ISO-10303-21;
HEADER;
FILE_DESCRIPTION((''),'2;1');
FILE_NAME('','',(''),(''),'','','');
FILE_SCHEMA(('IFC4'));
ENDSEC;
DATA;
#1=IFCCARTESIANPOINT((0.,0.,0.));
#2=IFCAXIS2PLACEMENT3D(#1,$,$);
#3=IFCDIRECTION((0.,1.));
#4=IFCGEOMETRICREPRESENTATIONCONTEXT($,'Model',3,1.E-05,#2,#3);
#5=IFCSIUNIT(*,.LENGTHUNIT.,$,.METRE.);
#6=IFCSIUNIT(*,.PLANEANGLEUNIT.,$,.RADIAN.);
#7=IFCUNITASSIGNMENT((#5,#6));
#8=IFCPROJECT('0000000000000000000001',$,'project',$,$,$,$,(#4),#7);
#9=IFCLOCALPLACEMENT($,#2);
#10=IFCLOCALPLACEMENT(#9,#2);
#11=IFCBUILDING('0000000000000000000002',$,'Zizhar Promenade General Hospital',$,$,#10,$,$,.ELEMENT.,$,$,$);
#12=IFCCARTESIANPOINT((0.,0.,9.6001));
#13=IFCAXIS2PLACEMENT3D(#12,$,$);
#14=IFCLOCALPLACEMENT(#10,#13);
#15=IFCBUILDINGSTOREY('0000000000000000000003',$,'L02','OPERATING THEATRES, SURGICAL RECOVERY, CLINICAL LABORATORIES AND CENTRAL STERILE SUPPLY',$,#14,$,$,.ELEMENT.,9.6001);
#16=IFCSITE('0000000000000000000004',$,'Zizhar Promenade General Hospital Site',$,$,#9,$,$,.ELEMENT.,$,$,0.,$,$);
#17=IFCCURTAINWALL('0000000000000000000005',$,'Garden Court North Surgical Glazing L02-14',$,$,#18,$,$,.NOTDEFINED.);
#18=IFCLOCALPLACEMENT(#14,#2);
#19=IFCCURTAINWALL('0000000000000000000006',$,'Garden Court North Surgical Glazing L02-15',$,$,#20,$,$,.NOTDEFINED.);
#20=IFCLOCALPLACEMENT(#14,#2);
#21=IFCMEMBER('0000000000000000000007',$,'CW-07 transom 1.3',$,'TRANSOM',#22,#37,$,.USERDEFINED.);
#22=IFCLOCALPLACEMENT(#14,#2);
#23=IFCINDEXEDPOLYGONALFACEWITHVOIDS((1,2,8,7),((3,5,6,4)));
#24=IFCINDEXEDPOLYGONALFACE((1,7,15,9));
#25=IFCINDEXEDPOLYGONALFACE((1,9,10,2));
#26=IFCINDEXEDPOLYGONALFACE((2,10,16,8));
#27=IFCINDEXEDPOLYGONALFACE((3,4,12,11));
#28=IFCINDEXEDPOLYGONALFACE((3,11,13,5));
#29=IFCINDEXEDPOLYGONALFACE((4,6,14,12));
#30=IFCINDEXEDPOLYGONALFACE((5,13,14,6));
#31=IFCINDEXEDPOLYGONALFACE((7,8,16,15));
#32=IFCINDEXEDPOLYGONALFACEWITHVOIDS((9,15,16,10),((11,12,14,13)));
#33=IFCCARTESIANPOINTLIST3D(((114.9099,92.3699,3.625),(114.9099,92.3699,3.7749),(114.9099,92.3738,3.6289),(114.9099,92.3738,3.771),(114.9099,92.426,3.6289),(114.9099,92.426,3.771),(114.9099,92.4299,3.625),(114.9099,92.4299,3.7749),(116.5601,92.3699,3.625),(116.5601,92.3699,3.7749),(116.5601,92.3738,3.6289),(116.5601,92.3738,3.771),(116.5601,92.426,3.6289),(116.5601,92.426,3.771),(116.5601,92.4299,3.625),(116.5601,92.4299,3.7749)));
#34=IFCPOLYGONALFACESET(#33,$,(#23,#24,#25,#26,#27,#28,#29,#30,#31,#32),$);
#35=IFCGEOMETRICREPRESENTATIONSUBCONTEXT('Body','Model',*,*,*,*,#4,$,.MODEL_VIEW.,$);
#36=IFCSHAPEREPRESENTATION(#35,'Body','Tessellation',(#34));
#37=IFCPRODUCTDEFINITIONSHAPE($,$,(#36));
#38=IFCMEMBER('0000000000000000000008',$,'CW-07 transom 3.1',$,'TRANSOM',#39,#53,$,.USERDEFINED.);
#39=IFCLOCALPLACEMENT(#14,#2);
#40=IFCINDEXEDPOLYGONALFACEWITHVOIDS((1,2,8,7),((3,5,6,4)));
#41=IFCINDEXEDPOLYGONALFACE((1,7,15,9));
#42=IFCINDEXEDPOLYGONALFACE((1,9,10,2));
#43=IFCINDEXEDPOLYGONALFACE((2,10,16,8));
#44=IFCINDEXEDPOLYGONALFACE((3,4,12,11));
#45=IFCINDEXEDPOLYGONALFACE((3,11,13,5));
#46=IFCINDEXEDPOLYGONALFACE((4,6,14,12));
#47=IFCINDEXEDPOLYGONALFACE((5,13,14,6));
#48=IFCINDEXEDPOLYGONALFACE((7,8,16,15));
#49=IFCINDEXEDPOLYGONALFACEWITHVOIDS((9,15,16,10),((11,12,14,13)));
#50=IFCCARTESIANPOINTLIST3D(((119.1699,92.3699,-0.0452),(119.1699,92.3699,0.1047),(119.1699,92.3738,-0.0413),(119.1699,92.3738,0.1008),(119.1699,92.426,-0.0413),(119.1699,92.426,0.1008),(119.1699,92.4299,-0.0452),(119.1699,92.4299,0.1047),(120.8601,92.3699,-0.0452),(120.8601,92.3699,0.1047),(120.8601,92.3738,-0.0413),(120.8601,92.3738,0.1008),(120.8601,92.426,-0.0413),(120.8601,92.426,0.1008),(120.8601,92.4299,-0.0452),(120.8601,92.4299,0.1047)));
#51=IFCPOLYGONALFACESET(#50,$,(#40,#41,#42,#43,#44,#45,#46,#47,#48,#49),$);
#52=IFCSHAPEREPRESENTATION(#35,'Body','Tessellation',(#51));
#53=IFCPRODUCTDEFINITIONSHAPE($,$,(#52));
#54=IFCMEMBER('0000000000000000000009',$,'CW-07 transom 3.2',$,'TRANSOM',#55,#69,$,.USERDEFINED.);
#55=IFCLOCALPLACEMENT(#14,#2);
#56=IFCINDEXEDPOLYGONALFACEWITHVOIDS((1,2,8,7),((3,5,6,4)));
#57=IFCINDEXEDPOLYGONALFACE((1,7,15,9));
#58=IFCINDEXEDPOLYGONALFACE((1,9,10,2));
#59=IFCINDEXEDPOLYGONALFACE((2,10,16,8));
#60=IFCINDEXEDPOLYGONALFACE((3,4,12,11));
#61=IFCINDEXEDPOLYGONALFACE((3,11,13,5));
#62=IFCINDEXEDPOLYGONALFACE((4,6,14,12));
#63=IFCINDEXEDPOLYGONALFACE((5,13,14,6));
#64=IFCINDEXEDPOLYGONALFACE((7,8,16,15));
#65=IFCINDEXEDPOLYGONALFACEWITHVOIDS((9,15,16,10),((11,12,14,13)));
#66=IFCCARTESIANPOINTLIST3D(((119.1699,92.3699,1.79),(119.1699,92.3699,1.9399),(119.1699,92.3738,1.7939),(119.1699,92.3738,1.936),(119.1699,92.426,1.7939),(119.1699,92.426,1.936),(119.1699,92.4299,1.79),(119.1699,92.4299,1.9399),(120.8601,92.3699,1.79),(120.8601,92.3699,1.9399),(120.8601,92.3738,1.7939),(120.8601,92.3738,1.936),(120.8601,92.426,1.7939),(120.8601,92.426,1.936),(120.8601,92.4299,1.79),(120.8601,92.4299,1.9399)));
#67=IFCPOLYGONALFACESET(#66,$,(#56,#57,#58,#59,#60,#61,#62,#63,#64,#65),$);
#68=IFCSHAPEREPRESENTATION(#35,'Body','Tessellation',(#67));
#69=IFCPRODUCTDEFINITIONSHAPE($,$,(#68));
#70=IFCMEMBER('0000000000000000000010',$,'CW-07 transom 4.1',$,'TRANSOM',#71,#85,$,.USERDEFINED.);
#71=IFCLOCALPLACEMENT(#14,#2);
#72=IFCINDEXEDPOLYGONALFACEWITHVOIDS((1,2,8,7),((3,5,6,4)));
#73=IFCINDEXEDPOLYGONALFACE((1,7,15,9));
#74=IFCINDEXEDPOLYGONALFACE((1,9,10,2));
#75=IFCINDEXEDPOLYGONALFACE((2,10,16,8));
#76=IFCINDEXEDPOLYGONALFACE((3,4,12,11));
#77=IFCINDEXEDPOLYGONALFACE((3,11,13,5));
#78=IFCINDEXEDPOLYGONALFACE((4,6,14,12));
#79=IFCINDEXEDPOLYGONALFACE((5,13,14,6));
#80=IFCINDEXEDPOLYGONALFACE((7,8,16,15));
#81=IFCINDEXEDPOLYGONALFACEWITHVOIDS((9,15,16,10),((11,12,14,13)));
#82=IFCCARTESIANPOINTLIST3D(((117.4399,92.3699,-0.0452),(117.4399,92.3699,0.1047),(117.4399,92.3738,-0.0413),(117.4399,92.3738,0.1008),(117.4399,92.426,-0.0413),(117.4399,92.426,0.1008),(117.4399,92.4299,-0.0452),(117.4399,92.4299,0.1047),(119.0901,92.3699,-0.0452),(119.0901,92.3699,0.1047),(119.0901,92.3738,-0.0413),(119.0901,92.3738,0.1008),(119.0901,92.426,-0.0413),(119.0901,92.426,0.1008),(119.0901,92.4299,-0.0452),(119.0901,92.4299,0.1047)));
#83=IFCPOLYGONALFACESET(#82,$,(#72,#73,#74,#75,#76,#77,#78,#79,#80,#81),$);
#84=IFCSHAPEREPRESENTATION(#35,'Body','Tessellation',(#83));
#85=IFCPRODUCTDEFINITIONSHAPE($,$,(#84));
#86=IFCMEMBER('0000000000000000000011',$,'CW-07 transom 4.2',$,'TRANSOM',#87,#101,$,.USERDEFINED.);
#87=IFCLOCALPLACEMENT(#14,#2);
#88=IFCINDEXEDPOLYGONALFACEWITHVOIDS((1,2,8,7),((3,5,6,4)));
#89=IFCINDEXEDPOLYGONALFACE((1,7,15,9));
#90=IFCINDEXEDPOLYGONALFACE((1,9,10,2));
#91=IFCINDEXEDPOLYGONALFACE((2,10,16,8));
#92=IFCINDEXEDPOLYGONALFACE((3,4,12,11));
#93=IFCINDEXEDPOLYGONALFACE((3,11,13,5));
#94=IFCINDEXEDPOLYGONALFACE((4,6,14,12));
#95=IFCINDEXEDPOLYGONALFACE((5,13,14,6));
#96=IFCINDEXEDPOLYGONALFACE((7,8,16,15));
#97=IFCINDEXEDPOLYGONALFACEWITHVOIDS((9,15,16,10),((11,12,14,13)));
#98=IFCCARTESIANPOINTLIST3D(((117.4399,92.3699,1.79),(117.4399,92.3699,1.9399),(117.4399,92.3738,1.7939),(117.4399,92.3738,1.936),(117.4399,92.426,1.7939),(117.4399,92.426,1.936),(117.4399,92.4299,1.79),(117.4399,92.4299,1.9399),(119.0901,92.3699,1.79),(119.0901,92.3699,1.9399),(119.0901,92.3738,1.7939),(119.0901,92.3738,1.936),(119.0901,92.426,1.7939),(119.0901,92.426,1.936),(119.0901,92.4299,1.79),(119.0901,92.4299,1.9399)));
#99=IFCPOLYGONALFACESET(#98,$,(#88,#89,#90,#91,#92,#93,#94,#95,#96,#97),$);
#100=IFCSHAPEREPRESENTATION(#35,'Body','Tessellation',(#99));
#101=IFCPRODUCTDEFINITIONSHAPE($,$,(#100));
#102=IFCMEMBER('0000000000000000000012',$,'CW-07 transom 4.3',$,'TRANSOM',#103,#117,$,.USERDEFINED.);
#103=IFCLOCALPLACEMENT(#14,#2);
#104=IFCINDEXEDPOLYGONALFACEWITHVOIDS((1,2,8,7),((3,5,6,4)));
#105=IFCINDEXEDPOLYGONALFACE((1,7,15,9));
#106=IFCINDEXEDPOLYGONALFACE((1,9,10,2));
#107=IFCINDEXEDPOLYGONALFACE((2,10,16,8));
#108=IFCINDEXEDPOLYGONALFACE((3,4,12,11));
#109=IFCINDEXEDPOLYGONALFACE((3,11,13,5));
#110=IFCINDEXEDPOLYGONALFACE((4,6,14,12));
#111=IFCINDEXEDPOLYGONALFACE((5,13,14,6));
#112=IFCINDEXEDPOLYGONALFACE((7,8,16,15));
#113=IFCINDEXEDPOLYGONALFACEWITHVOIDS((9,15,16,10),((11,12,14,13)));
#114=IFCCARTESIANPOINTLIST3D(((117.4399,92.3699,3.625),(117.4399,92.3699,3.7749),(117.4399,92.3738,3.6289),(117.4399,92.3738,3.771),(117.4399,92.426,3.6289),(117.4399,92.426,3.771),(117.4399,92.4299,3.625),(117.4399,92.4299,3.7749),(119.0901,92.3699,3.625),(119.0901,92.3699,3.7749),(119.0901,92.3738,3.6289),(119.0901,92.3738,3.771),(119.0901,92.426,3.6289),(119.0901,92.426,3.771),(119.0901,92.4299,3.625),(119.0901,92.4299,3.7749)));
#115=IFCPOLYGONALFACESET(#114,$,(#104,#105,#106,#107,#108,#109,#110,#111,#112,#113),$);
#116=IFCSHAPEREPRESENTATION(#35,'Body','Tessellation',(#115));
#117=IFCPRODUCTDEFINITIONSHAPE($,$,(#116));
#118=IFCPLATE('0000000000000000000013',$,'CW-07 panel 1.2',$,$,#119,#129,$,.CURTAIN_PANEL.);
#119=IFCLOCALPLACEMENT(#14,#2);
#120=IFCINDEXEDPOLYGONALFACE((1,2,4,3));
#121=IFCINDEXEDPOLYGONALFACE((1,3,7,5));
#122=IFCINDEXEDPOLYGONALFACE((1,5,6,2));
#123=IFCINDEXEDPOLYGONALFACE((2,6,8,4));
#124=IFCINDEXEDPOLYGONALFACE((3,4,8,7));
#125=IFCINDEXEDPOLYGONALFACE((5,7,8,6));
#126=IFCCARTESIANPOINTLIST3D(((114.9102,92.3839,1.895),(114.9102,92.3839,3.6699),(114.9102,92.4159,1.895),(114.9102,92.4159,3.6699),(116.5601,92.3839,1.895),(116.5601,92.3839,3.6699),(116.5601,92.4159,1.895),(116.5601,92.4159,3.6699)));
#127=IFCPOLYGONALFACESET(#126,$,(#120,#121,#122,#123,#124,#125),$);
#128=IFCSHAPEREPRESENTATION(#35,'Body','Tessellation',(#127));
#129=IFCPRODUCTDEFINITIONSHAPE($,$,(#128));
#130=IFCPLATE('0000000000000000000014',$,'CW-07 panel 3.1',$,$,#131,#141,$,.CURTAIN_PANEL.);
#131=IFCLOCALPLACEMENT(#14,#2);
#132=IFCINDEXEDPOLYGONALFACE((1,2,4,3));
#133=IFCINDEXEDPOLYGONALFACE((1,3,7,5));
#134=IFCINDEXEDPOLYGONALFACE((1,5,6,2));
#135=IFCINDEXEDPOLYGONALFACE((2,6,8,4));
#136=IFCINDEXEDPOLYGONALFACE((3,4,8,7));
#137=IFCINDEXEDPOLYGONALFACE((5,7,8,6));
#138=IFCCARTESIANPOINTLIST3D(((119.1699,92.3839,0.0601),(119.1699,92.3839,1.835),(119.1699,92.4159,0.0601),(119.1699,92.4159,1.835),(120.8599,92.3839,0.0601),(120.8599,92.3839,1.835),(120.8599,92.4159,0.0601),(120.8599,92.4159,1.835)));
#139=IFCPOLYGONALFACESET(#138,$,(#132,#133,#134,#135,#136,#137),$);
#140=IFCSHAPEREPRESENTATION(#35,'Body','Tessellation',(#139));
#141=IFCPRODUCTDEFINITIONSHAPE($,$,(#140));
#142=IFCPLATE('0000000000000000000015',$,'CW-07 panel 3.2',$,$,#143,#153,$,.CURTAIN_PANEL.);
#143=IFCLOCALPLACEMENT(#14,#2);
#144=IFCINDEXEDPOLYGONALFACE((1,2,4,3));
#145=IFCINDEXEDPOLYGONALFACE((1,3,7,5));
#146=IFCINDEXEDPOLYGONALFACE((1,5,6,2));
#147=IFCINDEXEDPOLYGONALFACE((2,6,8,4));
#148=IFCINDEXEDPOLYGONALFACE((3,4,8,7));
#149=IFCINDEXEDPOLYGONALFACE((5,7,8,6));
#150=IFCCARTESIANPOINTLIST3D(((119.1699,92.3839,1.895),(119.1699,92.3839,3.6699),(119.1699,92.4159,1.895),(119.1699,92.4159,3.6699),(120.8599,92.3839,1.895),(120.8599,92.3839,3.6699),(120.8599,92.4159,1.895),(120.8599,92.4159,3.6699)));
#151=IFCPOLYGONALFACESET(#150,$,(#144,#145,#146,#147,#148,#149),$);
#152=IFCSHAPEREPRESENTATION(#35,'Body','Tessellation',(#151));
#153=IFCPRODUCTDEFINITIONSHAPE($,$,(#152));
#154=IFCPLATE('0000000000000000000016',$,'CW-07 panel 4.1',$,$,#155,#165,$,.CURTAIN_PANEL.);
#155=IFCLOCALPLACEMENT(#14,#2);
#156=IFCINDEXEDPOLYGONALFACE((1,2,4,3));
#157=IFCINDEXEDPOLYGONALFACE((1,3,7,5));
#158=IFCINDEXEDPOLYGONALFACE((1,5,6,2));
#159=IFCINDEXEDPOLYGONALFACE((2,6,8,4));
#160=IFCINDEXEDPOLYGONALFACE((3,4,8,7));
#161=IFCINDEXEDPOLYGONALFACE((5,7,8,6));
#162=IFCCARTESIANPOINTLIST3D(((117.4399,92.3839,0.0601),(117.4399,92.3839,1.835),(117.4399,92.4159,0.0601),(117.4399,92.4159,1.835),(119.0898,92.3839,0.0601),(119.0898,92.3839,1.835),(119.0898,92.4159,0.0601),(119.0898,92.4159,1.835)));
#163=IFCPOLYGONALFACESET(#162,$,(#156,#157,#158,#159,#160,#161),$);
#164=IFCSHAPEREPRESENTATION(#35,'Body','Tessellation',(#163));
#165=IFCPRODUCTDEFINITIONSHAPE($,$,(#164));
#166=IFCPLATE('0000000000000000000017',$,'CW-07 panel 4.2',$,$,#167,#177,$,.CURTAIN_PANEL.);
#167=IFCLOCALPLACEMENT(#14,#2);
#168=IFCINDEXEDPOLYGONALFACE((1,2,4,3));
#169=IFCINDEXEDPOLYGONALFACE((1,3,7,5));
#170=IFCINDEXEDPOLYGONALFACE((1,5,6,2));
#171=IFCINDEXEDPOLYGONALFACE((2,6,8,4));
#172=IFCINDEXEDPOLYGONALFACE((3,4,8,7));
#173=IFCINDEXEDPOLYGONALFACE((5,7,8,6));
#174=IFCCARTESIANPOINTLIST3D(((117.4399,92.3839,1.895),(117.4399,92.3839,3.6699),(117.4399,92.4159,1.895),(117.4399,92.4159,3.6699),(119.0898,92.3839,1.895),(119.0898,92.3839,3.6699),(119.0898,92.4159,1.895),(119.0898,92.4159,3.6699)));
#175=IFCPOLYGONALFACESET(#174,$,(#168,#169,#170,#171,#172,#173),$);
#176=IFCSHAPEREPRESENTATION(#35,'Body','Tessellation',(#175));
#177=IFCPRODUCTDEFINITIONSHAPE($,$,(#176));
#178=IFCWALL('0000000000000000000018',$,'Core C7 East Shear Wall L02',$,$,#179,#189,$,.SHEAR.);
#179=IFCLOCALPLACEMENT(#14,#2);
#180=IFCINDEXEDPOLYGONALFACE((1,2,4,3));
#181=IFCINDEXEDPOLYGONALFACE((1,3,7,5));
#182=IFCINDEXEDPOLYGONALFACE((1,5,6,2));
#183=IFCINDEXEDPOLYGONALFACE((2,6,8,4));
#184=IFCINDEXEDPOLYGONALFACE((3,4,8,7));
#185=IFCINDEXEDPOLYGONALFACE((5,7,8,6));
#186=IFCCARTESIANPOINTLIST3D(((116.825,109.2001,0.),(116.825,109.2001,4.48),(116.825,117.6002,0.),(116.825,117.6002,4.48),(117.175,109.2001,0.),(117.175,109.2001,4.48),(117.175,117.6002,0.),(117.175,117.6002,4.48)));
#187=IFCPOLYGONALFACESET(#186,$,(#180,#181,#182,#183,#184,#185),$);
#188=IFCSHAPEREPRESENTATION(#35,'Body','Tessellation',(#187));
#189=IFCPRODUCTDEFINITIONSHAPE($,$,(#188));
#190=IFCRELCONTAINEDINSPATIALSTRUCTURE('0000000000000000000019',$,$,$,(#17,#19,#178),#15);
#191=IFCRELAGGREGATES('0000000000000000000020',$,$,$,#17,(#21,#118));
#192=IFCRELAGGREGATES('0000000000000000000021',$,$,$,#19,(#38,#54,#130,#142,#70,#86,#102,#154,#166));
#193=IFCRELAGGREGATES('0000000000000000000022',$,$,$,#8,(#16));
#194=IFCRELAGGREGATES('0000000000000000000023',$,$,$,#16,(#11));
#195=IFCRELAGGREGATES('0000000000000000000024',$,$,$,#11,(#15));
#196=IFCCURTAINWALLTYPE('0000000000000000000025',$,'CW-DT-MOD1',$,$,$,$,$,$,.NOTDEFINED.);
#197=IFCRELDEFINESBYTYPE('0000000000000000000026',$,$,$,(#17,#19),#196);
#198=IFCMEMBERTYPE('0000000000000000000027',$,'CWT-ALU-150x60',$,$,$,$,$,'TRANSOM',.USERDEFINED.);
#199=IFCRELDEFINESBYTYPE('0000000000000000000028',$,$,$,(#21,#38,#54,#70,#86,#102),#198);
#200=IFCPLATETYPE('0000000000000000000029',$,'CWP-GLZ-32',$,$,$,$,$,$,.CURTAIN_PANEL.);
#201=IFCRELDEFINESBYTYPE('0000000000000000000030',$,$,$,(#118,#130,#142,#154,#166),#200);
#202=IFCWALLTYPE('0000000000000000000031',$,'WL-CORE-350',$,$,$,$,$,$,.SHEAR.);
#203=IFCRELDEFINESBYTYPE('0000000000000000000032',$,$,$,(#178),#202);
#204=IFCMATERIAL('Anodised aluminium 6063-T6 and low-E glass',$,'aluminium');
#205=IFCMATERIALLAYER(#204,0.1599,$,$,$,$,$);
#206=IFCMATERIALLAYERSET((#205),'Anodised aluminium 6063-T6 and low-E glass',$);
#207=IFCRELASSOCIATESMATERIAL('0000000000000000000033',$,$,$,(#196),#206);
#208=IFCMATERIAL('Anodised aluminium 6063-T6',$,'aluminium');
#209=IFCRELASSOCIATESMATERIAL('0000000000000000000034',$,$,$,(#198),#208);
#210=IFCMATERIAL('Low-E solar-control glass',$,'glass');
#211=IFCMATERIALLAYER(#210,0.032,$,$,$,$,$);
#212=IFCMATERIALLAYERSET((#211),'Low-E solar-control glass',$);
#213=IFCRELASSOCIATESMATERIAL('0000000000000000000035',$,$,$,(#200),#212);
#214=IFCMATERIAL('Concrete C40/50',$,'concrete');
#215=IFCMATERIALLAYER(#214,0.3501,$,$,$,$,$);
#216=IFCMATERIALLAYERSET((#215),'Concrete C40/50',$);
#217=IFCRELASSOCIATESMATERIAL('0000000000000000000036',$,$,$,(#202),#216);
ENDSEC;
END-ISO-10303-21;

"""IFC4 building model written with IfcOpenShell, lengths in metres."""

from ifc_helpers import new_model, si_unit, direction, frame, frame_2d, origin, origin_2d, place, context, subcontext, project, spatial, rectangle, hollow_rectangle, extrude, material, layer, layer_set, material_profile, profile_set, type_object, element, aggregate, save


model = new_model("IFC4")

# Units and contexts
model_context = context("Model", 3, precision=1e-05, world=origin(), true_north=direction((0.0, 1.0)))
body_context = subcontext(model_context, "Body", "Model", "MODEL_VIEW")
ifc_project = project(units=[si_unit("LENGTHUNIT", "METRE"), si_unit("PLANEANGLEUNIT", "RADIAN")], contexts=[model_context])

# Site, building, storey
site_placement = place(None, origin())
site = spatial("IfcSite", under=ifc_project, at=site_placement, Name="Zizhar Promenade General Hospital Site", CompositionType="ELEMENT", RefElevation=0.0)
building_placement = place(site_placement, origin())
building = spatial("IfcBuilding", under=site, at=building_placement, Name="Zizhar Promenade General Hospital", CompositionType="ELEMENT")
storey_placement = place(building_placement, frame((0.0, 0.0, 9.6001)))
storey = spatial("IfcBuildingStorey", under=building, at=storey_placement, Name="L02", Description="OPERATING THEATRES, SURGICAL RECOVERY, CLINICAL LABORATORIES AND CENTRAL STERILE SUPPLY", CompositionType="ELEMENT", Elevation=9.6001)

# Curtain wall
ifc_material_1 = material(Name="Anodised aluminium 6063-T6 and low-E glass", Category="aluminium")
ifc_layer_1 = layer(ifc_material_1, 0.1599)
ifc_layer_set_1 = layer_set([ifc_layer_1], Name="Anodised aluminium 6063-T6 and low-E glass")
curtain_wall_type = type_object("IfcCurtainWallType", Name="CW-DT-MOD1", PredefinedType="NOTDEFINED", material=ifc_layer_set_1)
curtain_wall_1_placement = place(storey_placement, origin())
curtain_wall_1 = element("IfcCurtainWall", 1, at=curtain_wall_1_placement, inside=storey, type_object=curtain_wall_type, Name="Garden Court North Surgical Glazing L02-14", PredefinedType="NOTDEFINED")

# Curtain wall
curtain_wall_2_placement = place(storey_placement, origin())
curtain_wall_2 = element("IfcCurtainWall", 2, at=curtain_wall_2_placement, inside=storey, type_object=curtain_wall_type, Name="Garden Court North Surgical Glazing L02-15", PredefinedType="NOTDEFINED")

# Members
ifc_material_2 = material(Name="Anodised aluminium 6063-T6", Category="aluminium")
ifc_material_profile_1 = material_profile(ifc_material_2, hollow_rectangle(XDim=0.0601, YDim=0.1499, WallThickness=0.0039, at=origin_2d()))
ifc_profile_set_1 = profile_set([ifc_material_profile_1], Name="Anodised aluminium 6063-T6")
member_type_1 = type_object("IfcMemberType", Name="CWT-ALU-150x60", ElementType="TRANSOM", PredefinedType="USERDEFINED", material=ifc_profile_set_1)
member_1_placement = place(storey_placement, frame((116.5601, 92.3999, 3.7), z_axis=(-1.0, 0.0, 0.0), x_axis=(0.0, -1.0, 0.0)))
member_1 = element("IfcMember", 3, at=member_1_placement, type_object=member_type_1, Name="CW-07 transom 1.3", ObjectType="TRANSOM", PredefinedType="USERDEFINED", context=body_context, shape_type="SweptSolid", body=[
    extrude(hollow_rectangle(XDim=0.0601, YDim=0.1499, WallThickness=0.0039, at=origin_2d()), origin(), (0.0, 0.0, 1.0), 1.6501),
])
member_2_placement = place(storey_placement, frame((120.8601, 92.3999, 0.0298), z_axis=(-1.0, 0.0, 0.0), x_axis=(0.0, -1.0, 0.0)))
member_2 = element("IfcMember", 4, at=member_2_placement, type_object=member_type_1, Name="CW-07 transom 3.1", ObjectType="TRANSOM", PredefinedType="USERDEFINED", context=body_context, shape_type="SweptSolid", body=[
    extrude(hollow_rectangle(XDim=0.0601, YDim=0.1499, WallThickness=0.0039, at=origin_2d()), origin(), (0.0, 0.0, 1.0), 1.6902),
])
member_3_placement = place(storey_placement, frame((120.8601, 92.3999, 1.865), z_axis=(-1.0, 0.0, 0.0), x_axis=(0.0, -1.0, 0.0)))
member_3 = element("IfcMember", 5, at=member_3_placement, type_object=member_type_1, Name="CW-07 transom 3.2", ObjectType="TRANSOM", PredefinedType="USERDEFINED", context=body_context, shape_type="SweptSolid", body=[
    extrude(hollow_rectangle(XDim=0.0601, YDim=0.1499, WallThickness=0.0039, at=origin_2d()), origin(), (0.0, 0.0, 1.0), 1.6902),
])
member_4_placement = place(storey_placement, frame((119.0901, 92.3999, 0.0298), z_axis=(-1.0, 0.0, 0.0), x_axis=(0.0, -1.0, 0.0)))
member_4 = element("IfcMember", 6, at=member_4_placement, type_object=member_type_1, Name="CW-07 transom 4.1", ObjectType="TRANSOM", PredefinedType="USERDEFINED", context=body_context, shape_type="SweptSolid", body=[
    extrude(hollow_rectangle(XDim=0.0601, YDim=0.1499, WallThickness=0.0039, at=origin_2d()), origin(), (0.0, 0.0, 1.0), 1.6501),
])
member_5_placement = place(storey_placement, frame((119.0901, 92.3999, 1.865), z_axis=(-1.0, 0.0, 0.0), x_axis=(0.0, -1.0, 0.0)))
member_5 = element("IfcMember", 7, at=member_5_placement, type_object=member_type_1, Name="CW-07 transom 4.2", ObjectType="TRANSOM", PredefinedType="USERDEFINED", context=body_context, shape_type="SweptSolid", body=[
    extrude(hollow_rectangle(XDim=0.0601, YDim=0.1499, WallThickness=0.0039, at=origin_2d()), origin(), (0.0, 0.0, 1.0), 1.6501),
])
member_6_placement = place(storey_placement, frame((119.0901, 92.3999, 3.7), z_axis=(-1.0, 0.0, 0.0), x_axis=(0.0, -1.0, 0.0)))
member_6 = element("IfcMember", 8, at=member_6_placement, type_object=member_type_1, Name="CW-07 transom 4.3", ObjectType="TRANSOM", PredefinedType="USERDEFINED", context=body_context, shape_type="SweptSolid", body=[
    extrude(hollow_rectangle(XDim=0.0601, YDim=0.1499, WallThickness=0.0039, at=origin_2d()), origin(), (0.0, 0.0, 1.0), 1.6501),
])

# Plates
ifc_material_3 = material(Name="Low-E solar-control glass", Category="glass")
ifc_layer_2 = layer(ifc_material_3, 0.032)
ifc_layer_set_2 = layer_set([ifc_layer_2], Name="Low-E solar-control glass")
plate_type = type_object("IfcPlateType", Name="CWP-GLZ-32", PredefinedType="CURTAIN_PANEL", material=ifc_layer_set_2)
plate_1_placement = place(storey_placement, frame((115.7351, 92.3999, 1.895), z_axis=(0.0, 0.0, 1.0), x_axis=(-1.0, 0.0, 0.0)))
plate_1 = element("IfcPlate", 9, at=plate_1_placement, type_object=plate_type, Name="CW-07 panel 1.2", PredefinedType="CURTAIN_PANEL", context=body_context, shape_type="SweptSolid", body=[
    extrude(rectangle(XDim=1.6499, YDim=0.032, at=origin_2d()), origin(), (0.0, 0.0, 1.0), 1.7749),
])
aggregate(curtain_wall_1, [member_1, plate_1])
plate_2_placement = place(storey_placement, frame((120.0149, 92.3999, 0.0601), z_axis=(0.0, 0.0, 1.0), x_axis=(-1.0, 0.0, 0.0)))
plate_2 = element("IfcPlate", 10, at=plate_2_placement, type_object=plate_type, Name="CW-07 panel 3.1", PredefinedType="CURTAIN_PANEL", context=body_context, shape_type="SweptSolid", body=[
    extrude(rectangle(XDim=1.6899, YDim=0.032, at=origin_2d()), origin(), (0.0, 0.0, 1.0), 1.7749),
])
plate_3_placement = place(storey_placement, frame((120.0149, 92.3999, 1.895), z_axis=(0.0, 0.0, 1.0), x_axis=(-1.0, 0.0, 0.0)))
plate_3 = element("IfcPlate", 11, at=plate_3_placement, type_object=plate_type, Name="CW-07 panel 3.2", PredefinedType="CURTAIN_PANEL", context=body_context, shape_type="SweptSolid", body=[
    extrude(rectangle(XDim=1.6899, YDim=0.032, at=origin_2d()), origin(), (0.0, 0.0, 1.0), 1.7749),
])
plate_4_placement = place(storey_placement, frame((118.2649, 92.3999, 0.0601), z_axis=(0.0, 0.0, 1.0), x_axis=(-1.0, 0.0, 0.0)))
plate_4 = element("IfcPlate", 12, at=plate_4_placement, type_object=plate_type, Name="CW-07 panel 4.1", PredefinedType="CURTAIN_PANEL", context=body_context, shape_type="SweptSolid", body=[
    extrude(rectangle(XDim=1.6499, YDim=0.032, at=origin_2d()), origin(), (0.0, 0.0, 1.0), 1.7749),
])
plate_5_placement = place(storey_placement, frame((118.2649, 92.3999, 1.895), z_axis=(0.0, 0.0, 1.0), x_axis=(-1.0, 0.0, 0.0)))
plate_5 = element("IfcPlate", 13, at=plate_5_placement, type_object=plate_type, Name="CW-07 panel 4.2", PredefinedType="CURTAIN_PANEL", context=body_context, shape_type="SweptSolid", body=[
    extrude(rectangle(XDim=1.6499, YDim=0.032, at=origin_2d()), origin(), (0.0, 0.0, 1.0), 1.7749),
])
aggregate(curtain_wall_2, [member_2, member_3, plate_2, plate_3, member_4, member_5, member_6, plate_4, plate_5])

# Wall
ifc_material_4 = material(Name="Concrete C40/50", Category="concrete")
ifc_layer_3 = layer(ifc_material_4, 0.3501)
ifc_layer_set_3 = layer_set([ifc_layer_3], Name="Concrete C40/50")
wall_type = type_object("IfcWallType", Name="WL-CORE-350", PredefinedType="SHEAR", material=ifc_layer_set_3)
wall_placement = place(storey_placement, frame((117.0, 109.2, 0.0), z_axis=(0.0, 0.0, 1.0), x_axis=(0.0, 1.0, 0.0)))
element("IfcWall", 14, at=wall_placement, inside=storey, type_object=wall_type, Name="Core C7 East Shear Wall L02", PredefinedType="SHEAR", context=body_context, shape_type="SweptSolid", body=[
    extrude(rectangle(XDim=8.4001, YDim=0.3501, at=frame_2d((4.2002, 0.0))), origin(), (0.0, 0.0, 1.0), 4.48),
])

save(model, "model.ifc")
